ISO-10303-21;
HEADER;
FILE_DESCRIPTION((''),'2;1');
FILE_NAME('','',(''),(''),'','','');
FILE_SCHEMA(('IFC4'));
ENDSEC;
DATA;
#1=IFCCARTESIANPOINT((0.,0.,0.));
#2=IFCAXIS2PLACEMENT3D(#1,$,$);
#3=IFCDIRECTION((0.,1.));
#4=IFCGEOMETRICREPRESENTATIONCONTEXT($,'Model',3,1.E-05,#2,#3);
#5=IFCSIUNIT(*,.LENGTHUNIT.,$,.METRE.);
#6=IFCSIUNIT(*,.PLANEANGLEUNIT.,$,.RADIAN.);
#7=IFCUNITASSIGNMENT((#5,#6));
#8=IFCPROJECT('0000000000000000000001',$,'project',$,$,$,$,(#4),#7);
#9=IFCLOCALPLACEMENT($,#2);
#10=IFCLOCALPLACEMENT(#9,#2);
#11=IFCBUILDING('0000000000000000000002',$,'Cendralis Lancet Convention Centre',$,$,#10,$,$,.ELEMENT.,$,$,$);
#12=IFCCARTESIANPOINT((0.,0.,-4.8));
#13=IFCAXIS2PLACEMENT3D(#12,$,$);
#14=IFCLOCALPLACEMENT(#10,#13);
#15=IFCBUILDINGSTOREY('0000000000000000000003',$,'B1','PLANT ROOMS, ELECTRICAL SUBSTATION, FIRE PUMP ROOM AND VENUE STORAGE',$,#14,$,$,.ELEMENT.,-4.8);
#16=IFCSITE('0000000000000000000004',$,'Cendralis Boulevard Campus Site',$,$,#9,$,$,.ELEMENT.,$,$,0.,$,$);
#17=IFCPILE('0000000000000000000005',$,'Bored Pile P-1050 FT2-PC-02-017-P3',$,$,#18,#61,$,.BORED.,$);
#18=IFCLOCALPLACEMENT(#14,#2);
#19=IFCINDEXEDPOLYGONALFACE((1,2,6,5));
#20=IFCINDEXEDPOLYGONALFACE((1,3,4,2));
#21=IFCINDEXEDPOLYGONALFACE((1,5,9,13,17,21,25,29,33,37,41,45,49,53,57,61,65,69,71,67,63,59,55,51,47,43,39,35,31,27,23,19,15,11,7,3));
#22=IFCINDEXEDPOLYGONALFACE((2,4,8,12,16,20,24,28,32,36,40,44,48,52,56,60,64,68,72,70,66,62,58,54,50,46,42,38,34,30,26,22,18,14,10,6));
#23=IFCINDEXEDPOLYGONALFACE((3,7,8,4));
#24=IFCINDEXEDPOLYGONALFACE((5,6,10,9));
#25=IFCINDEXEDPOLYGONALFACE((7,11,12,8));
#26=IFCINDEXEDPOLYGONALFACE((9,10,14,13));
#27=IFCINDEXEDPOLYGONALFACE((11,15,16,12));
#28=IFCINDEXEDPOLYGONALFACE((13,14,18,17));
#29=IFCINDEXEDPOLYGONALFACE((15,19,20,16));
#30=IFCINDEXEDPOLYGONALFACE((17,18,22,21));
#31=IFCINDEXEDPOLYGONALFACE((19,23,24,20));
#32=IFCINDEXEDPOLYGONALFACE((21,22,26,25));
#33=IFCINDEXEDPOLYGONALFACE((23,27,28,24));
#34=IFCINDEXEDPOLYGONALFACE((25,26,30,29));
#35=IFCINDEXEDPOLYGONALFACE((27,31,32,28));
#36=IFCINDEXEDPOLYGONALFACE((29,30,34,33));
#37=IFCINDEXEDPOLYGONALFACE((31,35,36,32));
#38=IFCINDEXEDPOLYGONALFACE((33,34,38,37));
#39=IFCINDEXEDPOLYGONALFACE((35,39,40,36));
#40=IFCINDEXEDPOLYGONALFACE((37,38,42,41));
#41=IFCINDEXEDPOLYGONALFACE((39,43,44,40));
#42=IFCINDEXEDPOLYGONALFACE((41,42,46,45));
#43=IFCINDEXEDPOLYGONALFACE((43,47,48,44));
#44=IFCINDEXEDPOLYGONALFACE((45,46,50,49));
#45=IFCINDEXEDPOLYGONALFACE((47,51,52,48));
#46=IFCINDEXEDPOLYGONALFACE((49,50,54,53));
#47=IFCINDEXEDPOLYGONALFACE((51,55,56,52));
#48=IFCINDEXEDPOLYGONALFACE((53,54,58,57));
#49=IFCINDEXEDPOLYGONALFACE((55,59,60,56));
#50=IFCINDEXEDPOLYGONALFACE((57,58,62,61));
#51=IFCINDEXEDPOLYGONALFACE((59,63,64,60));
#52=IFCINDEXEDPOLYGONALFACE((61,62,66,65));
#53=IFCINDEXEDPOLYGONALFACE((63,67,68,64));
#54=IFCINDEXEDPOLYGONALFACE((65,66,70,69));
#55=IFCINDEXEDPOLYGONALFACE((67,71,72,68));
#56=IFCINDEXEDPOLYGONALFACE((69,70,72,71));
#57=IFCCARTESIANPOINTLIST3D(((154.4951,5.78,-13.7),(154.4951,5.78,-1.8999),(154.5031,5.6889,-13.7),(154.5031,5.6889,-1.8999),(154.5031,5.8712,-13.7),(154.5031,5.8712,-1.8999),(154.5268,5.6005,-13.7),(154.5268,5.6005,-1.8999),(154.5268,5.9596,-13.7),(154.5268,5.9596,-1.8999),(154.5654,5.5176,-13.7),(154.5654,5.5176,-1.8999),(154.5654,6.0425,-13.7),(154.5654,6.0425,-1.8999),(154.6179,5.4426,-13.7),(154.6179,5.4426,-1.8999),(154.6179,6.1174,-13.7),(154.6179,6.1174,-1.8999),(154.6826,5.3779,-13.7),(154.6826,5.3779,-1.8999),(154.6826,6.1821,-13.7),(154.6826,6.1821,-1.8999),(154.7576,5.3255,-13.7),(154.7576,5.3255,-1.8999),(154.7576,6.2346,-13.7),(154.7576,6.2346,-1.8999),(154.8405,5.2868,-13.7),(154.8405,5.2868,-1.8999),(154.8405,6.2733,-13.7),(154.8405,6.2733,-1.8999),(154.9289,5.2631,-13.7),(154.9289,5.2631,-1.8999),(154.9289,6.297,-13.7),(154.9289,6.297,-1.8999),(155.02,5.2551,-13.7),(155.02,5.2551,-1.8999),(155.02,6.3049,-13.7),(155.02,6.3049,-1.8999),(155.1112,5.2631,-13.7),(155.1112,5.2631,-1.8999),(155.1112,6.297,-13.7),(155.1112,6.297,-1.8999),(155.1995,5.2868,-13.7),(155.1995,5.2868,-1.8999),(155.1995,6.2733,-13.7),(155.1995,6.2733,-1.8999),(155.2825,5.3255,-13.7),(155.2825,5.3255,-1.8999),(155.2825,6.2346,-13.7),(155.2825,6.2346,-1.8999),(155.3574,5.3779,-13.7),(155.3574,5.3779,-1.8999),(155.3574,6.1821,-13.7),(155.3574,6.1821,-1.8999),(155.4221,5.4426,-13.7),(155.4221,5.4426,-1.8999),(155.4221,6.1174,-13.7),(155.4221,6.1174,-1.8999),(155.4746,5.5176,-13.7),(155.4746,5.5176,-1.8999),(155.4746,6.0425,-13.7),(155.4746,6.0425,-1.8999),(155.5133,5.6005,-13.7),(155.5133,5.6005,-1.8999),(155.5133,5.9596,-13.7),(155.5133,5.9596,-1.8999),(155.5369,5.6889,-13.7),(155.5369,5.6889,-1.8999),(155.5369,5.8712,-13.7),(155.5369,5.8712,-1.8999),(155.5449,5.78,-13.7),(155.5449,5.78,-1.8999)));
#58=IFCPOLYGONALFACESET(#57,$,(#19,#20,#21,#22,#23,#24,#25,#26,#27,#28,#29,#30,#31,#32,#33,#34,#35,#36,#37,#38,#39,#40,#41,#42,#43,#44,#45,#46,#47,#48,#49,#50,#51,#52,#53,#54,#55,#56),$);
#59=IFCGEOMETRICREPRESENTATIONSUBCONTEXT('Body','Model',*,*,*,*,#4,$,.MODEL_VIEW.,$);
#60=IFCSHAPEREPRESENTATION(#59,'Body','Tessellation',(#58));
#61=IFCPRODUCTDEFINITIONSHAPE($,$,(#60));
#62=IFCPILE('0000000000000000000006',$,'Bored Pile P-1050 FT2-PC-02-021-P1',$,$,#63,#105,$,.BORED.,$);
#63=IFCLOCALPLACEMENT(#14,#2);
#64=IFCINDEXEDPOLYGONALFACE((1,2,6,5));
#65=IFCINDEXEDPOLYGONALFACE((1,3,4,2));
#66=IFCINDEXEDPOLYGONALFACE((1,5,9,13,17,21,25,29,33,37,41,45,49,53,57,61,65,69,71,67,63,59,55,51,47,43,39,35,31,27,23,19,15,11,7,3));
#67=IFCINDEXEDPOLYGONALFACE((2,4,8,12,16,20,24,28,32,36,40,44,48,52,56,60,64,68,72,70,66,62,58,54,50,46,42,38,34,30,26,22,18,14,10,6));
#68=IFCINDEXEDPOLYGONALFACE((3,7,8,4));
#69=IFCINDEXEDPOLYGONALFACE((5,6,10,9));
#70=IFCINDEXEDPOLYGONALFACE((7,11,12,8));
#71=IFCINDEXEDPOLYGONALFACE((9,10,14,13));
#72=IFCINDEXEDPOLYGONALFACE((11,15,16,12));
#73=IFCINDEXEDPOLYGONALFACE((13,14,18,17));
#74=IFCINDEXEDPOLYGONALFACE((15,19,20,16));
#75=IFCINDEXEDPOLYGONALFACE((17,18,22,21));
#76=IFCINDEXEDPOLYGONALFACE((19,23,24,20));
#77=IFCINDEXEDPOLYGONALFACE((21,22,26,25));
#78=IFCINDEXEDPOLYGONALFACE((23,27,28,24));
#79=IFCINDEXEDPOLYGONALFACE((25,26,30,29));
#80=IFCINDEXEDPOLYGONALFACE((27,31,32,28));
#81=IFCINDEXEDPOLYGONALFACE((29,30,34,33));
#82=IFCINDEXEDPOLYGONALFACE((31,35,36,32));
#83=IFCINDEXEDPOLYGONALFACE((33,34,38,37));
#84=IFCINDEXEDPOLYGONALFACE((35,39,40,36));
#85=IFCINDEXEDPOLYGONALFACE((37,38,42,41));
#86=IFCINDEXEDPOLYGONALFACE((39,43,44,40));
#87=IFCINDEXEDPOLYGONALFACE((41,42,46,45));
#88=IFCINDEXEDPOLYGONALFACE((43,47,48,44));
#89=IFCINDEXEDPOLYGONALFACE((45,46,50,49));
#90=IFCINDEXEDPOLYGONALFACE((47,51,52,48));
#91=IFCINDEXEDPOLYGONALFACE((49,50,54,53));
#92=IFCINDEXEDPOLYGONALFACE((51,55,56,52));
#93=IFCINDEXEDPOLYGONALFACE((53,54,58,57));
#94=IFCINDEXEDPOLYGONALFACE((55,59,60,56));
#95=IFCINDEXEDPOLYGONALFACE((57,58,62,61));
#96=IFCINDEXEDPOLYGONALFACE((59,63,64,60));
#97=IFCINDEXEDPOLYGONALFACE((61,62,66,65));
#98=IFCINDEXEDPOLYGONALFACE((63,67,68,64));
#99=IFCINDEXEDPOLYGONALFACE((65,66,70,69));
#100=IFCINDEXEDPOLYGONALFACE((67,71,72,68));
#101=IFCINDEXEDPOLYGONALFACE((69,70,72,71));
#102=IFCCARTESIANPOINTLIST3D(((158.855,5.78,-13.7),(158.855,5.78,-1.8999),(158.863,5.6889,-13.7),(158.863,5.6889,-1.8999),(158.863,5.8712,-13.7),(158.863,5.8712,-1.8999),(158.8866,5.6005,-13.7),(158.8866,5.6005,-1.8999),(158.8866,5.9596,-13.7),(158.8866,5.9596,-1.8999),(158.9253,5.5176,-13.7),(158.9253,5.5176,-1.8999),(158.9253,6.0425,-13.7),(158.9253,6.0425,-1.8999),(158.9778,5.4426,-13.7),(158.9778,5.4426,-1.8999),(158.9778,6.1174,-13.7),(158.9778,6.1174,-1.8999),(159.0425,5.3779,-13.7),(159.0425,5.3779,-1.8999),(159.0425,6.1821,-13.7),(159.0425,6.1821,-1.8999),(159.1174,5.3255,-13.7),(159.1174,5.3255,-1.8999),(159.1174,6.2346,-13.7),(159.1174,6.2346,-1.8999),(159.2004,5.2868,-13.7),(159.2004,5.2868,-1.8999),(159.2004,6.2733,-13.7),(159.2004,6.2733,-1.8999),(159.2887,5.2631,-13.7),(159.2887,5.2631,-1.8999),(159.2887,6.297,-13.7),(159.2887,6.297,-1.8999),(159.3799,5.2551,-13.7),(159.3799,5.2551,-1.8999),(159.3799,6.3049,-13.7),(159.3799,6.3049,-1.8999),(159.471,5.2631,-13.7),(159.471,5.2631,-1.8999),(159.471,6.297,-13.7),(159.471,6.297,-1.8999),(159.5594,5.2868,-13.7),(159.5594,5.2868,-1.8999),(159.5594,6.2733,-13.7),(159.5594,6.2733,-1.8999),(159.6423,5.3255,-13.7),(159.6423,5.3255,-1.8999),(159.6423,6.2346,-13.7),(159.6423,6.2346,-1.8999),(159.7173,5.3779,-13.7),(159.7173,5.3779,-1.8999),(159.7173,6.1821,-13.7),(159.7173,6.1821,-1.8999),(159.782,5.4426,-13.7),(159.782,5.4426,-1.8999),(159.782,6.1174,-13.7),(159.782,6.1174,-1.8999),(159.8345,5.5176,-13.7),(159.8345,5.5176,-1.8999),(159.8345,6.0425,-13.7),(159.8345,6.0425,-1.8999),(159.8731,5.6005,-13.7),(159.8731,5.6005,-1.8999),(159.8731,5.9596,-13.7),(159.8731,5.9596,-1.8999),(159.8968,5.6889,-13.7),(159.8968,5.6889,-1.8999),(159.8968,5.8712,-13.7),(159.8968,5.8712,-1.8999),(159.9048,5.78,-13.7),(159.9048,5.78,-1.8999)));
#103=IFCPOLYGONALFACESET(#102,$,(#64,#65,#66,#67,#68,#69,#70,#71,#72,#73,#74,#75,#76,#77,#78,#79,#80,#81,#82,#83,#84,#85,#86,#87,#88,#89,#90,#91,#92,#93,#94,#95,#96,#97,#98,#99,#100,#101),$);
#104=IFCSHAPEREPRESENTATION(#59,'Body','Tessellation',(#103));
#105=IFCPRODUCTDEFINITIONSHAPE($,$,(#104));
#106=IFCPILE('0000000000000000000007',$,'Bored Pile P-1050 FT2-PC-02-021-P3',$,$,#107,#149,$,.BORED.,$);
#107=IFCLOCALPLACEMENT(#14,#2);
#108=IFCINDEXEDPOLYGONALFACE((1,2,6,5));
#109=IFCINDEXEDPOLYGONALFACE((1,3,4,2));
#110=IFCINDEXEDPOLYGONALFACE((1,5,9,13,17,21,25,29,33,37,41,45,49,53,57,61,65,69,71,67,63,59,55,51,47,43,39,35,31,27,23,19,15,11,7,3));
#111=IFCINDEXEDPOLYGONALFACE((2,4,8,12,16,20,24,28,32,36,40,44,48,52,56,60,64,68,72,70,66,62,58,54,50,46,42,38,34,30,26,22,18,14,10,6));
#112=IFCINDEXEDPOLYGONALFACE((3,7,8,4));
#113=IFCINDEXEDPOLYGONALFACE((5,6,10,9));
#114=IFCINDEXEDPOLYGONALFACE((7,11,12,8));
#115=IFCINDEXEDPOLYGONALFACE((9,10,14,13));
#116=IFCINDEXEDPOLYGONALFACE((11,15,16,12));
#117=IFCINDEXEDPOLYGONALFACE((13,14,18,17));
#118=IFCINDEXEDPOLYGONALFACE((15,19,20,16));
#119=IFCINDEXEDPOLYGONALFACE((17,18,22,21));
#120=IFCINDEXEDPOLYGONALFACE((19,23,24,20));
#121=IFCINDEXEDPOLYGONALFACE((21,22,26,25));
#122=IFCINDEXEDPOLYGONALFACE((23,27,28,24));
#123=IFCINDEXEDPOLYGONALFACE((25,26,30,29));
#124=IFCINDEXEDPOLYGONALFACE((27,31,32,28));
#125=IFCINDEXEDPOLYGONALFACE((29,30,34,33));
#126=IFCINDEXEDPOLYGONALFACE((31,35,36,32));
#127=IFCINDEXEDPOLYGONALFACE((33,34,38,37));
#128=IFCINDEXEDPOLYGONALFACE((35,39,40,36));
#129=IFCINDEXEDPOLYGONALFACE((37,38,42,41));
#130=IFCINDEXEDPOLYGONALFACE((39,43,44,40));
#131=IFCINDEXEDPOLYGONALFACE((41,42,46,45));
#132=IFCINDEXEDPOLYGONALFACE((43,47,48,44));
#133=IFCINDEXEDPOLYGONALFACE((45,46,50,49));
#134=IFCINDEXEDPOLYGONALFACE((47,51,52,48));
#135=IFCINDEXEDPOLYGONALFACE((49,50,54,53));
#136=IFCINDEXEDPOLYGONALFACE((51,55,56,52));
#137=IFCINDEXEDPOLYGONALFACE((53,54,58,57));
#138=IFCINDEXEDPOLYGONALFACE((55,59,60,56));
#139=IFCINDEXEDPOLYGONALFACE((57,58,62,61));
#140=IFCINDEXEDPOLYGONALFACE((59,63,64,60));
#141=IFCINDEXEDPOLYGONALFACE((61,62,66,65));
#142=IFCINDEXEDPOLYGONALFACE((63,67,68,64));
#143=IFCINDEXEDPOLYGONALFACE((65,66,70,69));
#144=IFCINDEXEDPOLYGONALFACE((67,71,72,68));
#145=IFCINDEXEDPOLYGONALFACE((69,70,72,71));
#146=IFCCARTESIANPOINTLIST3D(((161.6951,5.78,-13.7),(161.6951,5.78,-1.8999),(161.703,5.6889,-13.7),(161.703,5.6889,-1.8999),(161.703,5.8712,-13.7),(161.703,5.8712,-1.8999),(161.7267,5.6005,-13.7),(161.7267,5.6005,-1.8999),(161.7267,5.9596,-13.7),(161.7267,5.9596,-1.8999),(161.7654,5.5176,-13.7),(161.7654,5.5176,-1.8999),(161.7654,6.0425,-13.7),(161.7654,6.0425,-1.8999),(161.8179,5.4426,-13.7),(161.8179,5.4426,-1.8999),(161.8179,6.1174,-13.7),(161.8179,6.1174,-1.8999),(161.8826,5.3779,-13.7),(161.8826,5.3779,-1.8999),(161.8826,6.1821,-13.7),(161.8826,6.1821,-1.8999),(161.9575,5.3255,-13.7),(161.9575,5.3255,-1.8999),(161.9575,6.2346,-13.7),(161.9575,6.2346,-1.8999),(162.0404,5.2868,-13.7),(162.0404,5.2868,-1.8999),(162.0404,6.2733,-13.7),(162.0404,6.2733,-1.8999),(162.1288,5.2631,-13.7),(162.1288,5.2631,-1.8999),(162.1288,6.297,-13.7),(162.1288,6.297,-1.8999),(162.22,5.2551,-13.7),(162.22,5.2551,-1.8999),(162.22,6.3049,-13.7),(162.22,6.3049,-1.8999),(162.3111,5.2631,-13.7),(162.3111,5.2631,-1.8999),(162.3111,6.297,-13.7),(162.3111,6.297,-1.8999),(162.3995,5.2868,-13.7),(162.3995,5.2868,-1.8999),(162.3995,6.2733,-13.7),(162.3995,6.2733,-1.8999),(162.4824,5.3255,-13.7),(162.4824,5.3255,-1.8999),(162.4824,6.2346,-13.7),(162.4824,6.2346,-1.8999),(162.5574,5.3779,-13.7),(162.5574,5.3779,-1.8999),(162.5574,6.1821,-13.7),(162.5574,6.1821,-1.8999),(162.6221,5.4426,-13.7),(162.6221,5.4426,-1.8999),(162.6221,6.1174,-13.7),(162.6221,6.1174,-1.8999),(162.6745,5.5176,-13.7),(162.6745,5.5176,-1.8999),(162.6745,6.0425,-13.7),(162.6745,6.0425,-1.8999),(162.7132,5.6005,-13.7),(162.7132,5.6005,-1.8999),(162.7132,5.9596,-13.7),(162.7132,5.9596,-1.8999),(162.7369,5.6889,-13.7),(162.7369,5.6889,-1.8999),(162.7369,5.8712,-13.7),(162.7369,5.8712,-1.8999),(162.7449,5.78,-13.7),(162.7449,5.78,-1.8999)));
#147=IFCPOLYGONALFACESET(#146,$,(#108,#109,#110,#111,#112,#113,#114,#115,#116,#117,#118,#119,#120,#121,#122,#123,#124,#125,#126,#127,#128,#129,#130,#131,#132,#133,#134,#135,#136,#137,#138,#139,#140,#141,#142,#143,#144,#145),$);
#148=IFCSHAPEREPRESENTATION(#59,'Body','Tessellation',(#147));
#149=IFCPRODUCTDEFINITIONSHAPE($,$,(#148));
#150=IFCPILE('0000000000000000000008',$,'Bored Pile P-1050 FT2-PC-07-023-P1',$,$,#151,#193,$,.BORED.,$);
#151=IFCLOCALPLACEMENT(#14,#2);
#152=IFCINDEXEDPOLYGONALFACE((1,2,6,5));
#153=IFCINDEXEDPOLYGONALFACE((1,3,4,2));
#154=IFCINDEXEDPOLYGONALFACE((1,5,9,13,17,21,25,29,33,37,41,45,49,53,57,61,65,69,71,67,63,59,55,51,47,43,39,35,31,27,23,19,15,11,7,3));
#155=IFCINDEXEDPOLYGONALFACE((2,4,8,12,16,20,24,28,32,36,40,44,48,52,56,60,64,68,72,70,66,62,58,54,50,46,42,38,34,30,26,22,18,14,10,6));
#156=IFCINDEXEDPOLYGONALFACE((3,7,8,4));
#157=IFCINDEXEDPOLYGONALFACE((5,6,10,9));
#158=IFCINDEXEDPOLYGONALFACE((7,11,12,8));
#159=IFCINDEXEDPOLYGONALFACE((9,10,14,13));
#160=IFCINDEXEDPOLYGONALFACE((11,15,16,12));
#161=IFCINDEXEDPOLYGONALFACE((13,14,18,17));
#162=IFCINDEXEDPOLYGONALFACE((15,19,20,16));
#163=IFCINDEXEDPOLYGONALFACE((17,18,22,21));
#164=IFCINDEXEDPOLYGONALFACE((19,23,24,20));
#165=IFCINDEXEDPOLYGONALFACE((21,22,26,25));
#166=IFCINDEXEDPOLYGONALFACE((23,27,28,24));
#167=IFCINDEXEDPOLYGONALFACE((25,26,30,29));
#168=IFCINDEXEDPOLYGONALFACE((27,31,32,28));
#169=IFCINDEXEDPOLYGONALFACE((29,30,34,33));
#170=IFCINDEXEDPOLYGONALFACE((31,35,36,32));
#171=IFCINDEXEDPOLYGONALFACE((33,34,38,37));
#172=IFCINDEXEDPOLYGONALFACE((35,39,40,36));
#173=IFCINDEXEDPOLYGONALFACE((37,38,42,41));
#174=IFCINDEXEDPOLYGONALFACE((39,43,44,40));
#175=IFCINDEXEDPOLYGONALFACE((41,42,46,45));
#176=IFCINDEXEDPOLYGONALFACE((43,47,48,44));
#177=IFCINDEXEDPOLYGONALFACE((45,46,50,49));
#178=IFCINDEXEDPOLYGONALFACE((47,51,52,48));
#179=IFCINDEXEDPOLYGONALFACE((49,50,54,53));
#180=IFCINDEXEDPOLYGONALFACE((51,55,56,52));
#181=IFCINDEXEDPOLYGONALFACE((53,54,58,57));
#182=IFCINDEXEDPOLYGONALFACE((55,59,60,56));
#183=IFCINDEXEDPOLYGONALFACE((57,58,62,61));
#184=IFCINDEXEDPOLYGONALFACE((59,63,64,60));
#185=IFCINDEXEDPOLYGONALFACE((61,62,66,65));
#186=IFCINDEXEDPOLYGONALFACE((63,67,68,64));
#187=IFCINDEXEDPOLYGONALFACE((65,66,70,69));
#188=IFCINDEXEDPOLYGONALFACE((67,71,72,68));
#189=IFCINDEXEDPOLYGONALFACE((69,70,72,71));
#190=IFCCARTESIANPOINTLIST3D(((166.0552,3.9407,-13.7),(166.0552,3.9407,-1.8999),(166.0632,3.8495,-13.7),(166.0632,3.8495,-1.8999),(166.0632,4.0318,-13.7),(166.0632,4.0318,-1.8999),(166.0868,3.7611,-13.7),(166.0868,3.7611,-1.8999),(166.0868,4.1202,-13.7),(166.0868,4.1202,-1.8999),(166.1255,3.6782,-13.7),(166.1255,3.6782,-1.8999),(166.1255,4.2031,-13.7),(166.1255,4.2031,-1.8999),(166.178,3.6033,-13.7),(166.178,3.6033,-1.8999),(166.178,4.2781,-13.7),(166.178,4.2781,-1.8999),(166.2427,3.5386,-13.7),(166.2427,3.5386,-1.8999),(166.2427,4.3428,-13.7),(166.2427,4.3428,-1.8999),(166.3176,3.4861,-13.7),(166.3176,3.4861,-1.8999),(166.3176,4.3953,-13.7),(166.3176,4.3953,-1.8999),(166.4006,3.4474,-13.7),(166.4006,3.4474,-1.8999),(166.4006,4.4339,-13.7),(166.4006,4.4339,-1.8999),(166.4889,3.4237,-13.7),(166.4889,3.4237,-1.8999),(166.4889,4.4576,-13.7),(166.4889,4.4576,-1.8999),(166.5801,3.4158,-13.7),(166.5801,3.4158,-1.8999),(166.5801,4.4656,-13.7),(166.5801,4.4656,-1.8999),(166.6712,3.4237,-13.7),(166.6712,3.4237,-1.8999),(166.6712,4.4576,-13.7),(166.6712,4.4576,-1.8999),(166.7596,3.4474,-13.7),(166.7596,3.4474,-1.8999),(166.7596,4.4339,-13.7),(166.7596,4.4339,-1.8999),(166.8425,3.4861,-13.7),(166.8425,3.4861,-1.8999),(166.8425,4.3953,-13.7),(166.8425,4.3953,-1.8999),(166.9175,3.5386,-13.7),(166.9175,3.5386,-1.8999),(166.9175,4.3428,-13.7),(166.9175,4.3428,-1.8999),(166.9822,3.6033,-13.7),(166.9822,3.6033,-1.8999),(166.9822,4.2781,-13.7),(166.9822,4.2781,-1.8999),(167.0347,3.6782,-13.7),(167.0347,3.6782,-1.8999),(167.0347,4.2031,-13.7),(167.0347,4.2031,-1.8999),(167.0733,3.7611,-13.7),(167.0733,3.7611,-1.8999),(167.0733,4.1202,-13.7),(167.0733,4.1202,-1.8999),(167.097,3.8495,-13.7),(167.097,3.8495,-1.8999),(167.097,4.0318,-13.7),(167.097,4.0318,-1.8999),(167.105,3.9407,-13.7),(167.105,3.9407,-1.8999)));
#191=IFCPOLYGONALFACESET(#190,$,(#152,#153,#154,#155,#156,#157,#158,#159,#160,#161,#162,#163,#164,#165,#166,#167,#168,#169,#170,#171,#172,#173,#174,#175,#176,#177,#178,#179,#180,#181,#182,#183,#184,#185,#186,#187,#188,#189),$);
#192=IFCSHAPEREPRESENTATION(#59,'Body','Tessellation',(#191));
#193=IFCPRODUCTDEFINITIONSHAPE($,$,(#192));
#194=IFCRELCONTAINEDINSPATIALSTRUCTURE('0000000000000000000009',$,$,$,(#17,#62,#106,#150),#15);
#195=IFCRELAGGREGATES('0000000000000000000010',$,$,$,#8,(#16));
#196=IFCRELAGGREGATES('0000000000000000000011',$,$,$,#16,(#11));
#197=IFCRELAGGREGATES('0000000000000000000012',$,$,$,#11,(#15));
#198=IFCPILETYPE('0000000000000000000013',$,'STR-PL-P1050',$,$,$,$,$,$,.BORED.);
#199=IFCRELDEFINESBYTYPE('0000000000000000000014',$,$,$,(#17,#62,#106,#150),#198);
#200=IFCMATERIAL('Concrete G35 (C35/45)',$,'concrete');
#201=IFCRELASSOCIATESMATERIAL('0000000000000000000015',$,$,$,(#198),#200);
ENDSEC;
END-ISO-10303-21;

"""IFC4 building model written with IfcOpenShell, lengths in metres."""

from ifc_helpers import new_model, si_unit, direction, frame, origin, origin_2d, place, context, subcontext, project, spatial, circle, extrude, material, material_profile, profile_set, type_object, element, save


model = new_model("IFC4")

# Units and contexts
model_context = context("Model", 3, precision=1e-05, world=origin(), true_north=direction((0.0, 1.0)))
body_context = subcontext(model_context, "Body", "Model", "MODEL_VIEW")
ifc_project = project(units=[si_unit("LENGTHUNIT", "METRE"), si_unit("PLANEANGLEUNIT", "RADIAN")], contexts=[model_context])

# Site, building, storey
site_placement = place(None, origin())
site = spatial("IfcSite", under=ifc_project, at=site_placement, Name="Cendralis Boulevard Campus Site", CompositionType="ELEMENT", RefElevation=0.0)
building_placement = place(site_placement, origin())
building = spatial("IfcBuilding", under=site, at=building_placement, Name="Cendralis Lancet Convention Centre", CompositionType="ELEMENT")
storey_placement = place(building_placement, frame((0.0, 0.0, -4.8)))
storey = spatial("IfcBuildingStorey", under=building, at=storey_placement, Name="B1", Description="PLANT ROOMS, ELECTRICAL SUBSTATION, FIRE PUMP ROOM AND VENUE STORAGE", CompositionType="ELEMENT", Elevation=-4.8)

# Shared definitions
ifc_material_1 = material(Name="Concrete G35 (C35/45)", Category="concrete")

# Piles
ifc_material_profile_1 = material_profile(ifc_material_1, circle(Radius=0.5249, at=origin_2d()), Name="BORED PILE D1050")
ifc_profile_set_1 = profile_set([ifc_material_profile_1], Name="Concrete G35 (C35/45)")
pile_type_1 = type_object("IfcPileType", Name="STR-PL-P1050", PredefinedType="BORED", material=ifc_profile_set_1)
for number, where, z_axis, x_axis, name in (
    (1, (155.02, 5.78, -1.8999), (0.0, 0.0, -1.0), (1.0, 0.0, 0.0), "Bored Pile P-1050 FT2-PC-02-017-P3"),
    (2, (159.3799, 5.78, -1.8999), (0.0, 0.0, -1.0), (1.0, 0.0, 0.0), "Bored Pile P-1050 FT2-PC-02-021-P1"),
    (3, (162.22, 5.78, -1.8999), (0.0, 0.0, -1.0), (1.0, 0.0, 0.0), "Bored Pile P-1050 FT2-PC-02-021-P3"),
    (4, (166.5801, 3.9407, -1.8999), (0.0, 0.0, -1.0), (1.0, 0.0, 0.0), "Bored Pile P-1050 FT2-PC-07-023-P1"),
):
    element("IfcPile", number, at=place(storey_placement, frame(where, z_axis=z_axis, x_axis=x_axis)), inside=storey, type_object=pile_type_1, Name=name, PredefinedType="BORED", context=body_context, shape_type="SweptSolid", body=[
        extrude(circle(Radius=0.5249, at=origin_2d()), origin(), (0.0, 0.0, 1.0), 11.8),
    ])

save(model, "model.ifc")
